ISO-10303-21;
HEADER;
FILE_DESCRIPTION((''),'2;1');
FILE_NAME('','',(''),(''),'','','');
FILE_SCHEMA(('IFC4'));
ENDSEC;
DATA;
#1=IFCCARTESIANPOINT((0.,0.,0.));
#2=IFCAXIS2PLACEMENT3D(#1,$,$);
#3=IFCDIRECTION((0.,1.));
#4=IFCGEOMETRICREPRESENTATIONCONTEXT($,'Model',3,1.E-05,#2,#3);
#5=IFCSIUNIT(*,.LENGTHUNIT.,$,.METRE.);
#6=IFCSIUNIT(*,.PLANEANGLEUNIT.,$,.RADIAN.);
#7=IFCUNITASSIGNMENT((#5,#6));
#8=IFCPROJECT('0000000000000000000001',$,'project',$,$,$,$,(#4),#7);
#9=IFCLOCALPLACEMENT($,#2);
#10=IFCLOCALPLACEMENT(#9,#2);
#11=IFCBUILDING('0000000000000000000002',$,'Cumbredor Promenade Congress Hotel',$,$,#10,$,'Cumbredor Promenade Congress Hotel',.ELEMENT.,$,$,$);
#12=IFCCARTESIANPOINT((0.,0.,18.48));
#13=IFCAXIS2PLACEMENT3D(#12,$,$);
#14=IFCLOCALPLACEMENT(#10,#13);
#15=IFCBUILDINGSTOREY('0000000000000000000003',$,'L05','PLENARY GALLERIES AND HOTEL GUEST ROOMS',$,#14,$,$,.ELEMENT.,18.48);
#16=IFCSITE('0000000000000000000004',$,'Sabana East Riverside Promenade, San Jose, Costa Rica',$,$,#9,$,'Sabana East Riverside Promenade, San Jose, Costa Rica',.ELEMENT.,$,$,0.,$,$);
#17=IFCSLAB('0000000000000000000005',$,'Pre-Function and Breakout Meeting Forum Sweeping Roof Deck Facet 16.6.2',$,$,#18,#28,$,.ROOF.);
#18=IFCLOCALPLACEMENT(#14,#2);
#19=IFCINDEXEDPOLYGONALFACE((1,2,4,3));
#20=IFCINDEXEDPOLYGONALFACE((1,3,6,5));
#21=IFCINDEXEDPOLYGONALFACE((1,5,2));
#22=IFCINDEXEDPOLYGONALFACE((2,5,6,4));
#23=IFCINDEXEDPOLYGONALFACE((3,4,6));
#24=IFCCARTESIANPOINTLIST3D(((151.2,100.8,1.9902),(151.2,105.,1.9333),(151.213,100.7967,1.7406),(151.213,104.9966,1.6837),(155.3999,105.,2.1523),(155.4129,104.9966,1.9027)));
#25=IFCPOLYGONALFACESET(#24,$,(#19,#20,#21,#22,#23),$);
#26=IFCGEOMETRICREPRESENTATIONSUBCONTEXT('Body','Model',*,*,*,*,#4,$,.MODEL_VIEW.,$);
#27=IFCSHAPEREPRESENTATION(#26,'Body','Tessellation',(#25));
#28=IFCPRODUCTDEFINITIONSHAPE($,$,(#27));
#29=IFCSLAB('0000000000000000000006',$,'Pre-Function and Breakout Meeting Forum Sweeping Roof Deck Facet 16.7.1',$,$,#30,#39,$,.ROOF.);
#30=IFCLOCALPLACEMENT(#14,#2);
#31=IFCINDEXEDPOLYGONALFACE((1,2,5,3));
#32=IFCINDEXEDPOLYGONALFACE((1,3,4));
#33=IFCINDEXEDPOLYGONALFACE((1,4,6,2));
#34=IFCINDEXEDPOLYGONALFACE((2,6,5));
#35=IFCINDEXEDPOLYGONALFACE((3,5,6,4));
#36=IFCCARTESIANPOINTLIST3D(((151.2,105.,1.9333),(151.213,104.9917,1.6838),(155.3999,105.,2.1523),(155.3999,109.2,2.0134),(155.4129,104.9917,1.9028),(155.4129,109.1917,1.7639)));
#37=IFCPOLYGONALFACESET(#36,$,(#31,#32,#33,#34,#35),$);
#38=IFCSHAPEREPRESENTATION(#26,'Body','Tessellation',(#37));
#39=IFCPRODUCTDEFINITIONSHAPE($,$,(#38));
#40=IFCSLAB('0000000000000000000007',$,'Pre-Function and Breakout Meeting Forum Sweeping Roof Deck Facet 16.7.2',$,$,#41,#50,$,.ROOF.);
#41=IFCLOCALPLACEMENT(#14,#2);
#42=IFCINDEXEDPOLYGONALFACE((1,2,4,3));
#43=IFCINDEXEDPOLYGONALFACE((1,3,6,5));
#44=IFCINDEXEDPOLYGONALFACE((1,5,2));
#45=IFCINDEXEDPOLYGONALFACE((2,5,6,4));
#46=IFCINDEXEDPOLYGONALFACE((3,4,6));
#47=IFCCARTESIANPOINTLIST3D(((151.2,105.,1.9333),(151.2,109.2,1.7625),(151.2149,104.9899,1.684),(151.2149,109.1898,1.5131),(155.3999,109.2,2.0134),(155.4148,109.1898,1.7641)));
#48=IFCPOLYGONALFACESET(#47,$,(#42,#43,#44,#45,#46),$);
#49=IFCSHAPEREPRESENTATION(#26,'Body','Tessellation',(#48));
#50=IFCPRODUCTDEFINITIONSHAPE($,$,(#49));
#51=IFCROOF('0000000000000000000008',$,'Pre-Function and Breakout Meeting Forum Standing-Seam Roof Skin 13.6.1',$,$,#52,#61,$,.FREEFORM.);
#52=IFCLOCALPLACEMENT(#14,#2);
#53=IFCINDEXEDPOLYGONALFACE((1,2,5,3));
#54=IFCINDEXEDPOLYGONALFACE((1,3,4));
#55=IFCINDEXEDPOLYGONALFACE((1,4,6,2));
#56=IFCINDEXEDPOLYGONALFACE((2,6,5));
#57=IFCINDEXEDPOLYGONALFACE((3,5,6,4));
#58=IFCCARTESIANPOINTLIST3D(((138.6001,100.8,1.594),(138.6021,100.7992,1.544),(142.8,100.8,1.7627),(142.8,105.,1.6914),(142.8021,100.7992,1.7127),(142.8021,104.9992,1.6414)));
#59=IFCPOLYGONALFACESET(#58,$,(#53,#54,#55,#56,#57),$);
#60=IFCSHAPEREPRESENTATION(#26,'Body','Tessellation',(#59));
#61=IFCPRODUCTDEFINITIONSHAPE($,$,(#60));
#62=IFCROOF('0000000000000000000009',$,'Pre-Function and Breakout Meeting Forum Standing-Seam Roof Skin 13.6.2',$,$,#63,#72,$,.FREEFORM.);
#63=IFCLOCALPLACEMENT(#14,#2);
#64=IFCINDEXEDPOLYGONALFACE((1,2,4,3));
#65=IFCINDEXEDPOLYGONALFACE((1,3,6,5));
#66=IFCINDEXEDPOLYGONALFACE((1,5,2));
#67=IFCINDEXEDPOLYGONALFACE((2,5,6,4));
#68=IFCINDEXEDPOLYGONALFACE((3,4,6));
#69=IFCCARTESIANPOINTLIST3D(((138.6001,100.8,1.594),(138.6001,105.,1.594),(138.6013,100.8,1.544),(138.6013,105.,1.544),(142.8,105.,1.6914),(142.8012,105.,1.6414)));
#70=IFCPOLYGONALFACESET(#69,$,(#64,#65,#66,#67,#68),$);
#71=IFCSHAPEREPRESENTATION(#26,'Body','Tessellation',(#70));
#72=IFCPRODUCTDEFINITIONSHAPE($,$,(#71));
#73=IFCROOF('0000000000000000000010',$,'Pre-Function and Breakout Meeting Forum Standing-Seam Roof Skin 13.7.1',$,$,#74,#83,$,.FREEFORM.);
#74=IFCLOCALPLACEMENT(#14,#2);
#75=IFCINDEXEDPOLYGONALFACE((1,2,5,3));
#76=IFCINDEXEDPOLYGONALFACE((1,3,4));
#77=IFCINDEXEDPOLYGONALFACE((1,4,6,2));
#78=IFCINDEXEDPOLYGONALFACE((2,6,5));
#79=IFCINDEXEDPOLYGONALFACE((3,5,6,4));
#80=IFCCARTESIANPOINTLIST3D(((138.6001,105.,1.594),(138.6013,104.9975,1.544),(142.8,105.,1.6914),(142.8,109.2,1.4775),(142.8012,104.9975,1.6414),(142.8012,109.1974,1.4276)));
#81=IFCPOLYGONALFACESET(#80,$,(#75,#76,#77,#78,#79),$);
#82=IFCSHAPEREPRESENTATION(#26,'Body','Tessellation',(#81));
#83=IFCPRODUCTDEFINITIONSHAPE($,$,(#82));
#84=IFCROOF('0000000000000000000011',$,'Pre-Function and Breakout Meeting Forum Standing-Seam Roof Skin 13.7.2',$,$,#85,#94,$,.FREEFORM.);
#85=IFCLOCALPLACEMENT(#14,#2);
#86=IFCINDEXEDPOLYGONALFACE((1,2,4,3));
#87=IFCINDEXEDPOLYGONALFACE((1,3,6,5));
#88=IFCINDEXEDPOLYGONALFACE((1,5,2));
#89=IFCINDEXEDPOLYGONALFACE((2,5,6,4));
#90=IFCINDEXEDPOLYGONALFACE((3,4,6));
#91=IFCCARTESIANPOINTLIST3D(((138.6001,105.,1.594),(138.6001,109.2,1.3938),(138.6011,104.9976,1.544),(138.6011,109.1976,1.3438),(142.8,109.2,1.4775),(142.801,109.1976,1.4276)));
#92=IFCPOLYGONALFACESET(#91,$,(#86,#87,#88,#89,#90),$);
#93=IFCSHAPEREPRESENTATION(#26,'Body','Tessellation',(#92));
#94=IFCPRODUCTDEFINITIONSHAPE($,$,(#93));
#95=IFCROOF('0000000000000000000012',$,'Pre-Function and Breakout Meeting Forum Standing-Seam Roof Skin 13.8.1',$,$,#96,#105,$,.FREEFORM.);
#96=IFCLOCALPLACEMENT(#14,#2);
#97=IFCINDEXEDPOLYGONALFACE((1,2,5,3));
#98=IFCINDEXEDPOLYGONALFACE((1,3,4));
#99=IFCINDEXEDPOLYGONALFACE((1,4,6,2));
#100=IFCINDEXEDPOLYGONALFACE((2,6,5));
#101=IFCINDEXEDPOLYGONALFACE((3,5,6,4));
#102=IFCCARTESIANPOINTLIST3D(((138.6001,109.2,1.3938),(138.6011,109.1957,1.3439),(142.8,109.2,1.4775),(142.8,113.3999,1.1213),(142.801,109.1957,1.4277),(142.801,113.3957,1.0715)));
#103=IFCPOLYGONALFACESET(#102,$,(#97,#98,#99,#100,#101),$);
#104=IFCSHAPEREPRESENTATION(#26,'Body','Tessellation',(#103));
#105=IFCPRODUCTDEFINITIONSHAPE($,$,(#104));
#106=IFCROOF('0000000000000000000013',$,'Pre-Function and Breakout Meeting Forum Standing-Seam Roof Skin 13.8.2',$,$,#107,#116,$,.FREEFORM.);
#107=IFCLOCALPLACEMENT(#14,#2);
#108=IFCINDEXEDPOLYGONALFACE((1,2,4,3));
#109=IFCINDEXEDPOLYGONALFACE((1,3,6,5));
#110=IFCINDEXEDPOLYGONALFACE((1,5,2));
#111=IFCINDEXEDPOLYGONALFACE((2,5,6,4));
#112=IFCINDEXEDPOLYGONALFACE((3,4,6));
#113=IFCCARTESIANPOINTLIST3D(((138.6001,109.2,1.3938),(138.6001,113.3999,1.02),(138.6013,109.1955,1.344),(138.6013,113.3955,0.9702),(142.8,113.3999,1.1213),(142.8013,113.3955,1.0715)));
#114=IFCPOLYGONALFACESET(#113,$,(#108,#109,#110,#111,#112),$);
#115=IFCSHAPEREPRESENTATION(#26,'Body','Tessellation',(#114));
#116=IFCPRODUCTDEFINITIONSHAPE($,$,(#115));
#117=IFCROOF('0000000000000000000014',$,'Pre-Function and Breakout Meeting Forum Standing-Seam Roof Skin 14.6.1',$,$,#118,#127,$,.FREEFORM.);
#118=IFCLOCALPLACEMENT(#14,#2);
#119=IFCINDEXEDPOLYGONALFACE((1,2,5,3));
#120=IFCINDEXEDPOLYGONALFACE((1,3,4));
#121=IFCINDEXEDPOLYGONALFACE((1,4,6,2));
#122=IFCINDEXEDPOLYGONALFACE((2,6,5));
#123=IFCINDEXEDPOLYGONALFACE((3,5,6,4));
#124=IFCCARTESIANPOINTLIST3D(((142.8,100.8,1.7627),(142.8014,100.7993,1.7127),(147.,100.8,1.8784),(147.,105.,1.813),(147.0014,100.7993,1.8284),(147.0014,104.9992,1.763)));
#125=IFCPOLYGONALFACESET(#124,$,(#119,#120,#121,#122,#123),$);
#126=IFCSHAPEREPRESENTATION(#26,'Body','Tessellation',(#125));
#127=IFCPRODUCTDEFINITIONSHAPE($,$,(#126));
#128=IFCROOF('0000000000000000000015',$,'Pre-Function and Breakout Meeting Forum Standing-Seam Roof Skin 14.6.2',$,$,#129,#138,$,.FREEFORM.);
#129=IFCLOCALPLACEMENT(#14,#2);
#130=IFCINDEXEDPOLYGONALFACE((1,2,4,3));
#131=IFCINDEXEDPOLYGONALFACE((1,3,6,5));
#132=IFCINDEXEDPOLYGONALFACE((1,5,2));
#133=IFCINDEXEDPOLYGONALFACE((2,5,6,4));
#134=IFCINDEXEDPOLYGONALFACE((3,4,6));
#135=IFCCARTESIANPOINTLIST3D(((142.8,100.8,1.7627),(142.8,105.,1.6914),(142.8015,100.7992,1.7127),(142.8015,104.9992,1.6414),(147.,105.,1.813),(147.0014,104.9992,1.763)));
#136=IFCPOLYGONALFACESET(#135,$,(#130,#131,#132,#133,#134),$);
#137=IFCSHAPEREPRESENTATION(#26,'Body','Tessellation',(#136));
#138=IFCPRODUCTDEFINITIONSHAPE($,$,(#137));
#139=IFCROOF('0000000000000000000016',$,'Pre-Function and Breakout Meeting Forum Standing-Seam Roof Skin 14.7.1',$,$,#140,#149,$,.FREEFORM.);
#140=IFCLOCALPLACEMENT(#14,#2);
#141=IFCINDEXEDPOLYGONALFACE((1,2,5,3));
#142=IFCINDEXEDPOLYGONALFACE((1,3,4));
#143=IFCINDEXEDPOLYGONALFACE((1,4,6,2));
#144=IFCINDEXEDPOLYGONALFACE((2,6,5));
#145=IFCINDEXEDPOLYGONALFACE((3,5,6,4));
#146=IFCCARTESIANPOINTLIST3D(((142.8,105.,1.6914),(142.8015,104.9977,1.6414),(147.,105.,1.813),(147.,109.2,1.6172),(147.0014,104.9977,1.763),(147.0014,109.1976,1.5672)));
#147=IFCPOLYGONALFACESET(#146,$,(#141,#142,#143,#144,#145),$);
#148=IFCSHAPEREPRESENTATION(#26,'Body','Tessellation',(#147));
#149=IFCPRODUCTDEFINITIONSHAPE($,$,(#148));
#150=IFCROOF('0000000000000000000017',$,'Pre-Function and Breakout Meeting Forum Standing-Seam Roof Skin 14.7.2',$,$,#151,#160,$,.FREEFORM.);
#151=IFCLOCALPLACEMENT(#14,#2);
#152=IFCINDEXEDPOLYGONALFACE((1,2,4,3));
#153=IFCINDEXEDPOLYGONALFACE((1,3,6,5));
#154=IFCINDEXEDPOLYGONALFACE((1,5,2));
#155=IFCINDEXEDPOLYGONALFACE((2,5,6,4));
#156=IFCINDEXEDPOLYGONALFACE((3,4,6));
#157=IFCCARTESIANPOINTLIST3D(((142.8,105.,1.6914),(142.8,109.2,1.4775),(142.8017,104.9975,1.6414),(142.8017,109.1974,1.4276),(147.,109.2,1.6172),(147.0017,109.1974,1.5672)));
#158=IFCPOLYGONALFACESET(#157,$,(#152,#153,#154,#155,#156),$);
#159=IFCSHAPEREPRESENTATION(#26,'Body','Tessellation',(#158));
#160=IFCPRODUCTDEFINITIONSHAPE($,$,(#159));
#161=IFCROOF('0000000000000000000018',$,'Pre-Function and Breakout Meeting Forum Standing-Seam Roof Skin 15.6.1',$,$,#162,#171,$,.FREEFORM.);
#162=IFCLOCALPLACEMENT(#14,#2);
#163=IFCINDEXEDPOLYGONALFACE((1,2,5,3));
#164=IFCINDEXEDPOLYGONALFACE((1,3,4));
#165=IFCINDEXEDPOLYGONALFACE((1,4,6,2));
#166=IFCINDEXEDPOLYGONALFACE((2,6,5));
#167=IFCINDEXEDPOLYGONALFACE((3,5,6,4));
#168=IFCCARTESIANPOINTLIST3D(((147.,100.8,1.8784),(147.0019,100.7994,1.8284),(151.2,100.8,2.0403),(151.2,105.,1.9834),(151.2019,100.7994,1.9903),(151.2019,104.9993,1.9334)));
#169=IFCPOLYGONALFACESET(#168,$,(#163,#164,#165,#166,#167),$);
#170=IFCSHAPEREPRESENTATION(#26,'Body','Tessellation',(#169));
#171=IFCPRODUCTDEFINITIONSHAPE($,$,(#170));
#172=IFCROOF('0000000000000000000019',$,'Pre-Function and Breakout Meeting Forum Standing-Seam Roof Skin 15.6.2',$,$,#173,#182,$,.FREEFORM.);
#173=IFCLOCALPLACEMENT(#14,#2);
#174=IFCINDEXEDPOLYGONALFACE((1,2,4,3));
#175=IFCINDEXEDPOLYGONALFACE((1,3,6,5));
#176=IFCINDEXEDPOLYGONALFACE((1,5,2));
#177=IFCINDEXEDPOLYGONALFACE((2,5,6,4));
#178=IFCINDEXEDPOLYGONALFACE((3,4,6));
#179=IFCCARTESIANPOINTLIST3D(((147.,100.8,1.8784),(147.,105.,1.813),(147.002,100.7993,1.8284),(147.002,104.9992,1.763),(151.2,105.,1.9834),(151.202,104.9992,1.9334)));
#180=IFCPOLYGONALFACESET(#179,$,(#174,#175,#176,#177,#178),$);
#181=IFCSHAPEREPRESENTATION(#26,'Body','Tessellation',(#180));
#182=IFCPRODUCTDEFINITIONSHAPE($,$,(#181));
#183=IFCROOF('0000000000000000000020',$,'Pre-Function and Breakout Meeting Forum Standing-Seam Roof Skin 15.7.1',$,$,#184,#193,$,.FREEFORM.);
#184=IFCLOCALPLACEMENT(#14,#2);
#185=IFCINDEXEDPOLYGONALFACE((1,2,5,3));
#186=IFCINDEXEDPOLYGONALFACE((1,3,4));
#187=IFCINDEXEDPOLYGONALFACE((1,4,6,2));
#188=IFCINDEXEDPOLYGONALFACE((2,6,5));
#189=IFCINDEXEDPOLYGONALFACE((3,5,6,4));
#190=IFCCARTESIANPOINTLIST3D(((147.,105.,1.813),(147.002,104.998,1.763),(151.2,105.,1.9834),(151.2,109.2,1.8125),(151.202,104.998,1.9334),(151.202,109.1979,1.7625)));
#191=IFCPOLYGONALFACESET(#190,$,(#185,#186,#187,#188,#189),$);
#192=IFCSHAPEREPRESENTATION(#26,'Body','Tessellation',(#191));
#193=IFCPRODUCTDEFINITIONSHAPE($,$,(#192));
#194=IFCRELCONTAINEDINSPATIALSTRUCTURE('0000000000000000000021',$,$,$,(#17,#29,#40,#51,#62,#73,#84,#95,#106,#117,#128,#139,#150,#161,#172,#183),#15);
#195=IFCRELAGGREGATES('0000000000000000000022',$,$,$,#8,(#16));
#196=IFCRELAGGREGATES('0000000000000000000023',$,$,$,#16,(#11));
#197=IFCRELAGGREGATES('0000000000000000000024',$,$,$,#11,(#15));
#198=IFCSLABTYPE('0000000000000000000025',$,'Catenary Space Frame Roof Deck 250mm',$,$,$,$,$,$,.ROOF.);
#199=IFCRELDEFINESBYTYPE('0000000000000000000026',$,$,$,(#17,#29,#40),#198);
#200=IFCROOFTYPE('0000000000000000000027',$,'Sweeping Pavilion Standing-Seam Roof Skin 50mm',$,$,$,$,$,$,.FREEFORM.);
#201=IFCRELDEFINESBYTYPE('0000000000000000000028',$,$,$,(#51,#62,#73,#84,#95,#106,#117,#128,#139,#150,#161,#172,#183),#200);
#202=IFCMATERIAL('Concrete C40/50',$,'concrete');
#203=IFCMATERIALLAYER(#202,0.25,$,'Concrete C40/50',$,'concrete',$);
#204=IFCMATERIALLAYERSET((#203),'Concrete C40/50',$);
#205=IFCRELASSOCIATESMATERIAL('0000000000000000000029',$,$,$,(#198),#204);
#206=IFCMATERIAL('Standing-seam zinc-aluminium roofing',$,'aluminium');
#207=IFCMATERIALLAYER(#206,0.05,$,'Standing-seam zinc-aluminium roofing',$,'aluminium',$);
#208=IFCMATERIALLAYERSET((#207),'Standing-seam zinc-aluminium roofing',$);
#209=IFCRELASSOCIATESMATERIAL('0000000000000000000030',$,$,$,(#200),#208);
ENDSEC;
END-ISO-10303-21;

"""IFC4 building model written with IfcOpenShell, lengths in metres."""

from ifc_helpers import new_model, si_unit, direction, frame, origin, place, context, subcontext, project, spatial, polyline, outline, extrude, material, layer, layer_set, type_object, element, save


model = new_model("IFC4")

# Units and contexts
model_context = context("Model", 3, precision=1e-05, world=origin(), true_north=direction((0.0, 1.0)))
body_context = subcontext(model_context, "Body", "Model", "MODEL_VIEW")
ifc_project = project(units=[si_unit("LENGTHUNIT", "METRE"), si_unit("PLANEANGLEUNIT", "RADIAN")], contexts=[model_context])

# Site, building, storey
site_placement = place(None, origin())
site = spatial("IfcSite", under=ifc_project, at=site_placement, Name="Sabana East Riverside Promenade, San Jose, Costa Rica", LongName="Sabana East Riverside Promenade, San Jose, Costa Rica", CompositionType="ELEMENT", RefElevation=0.0)
building_placement = place(site_placement, origin())
building = spatial("IfcBuilding", under=site, at=building_placement, Name="Cumbredor Promenade Congress Hotel", LongName="Cumbredor Promenade Congress Hotel", CompositionType="ELEMENT")
storey_placement = place(building_placement, frame((0.0, 0.0, 18.48)))
storey = spatial("IfcBuildingStorey", under=building, at=storey_placement, Name="L05", Description="PLENARY GALLERIES AND HOTEL GUEST ROOMS", CompositionType="ELEMENT", Elevation=18.48)

# Slabs
ifc_material_1 = material(Name="Concrete C40/50", Category="concrete")
ifc_layer_1 = layer(ifc_material_1, 0.25, Name="Concrete C40/50", Category="concrete")
ifc_layer_set_1 = layer_set([ifc_layer_1], Name="Concrete C40/50")
slab_type = type_object("IfcSlabType", Name="Catenary Space Frame Roof Deck 250mm", PredefinedType="ROOF", material=ifc_layer_set_1)
slab_1_placement = place(storey_placement, frame((151.2, 100.8, 1.9902), z_axis=(-0.052067, 0.013525, 0.998552), x_axis=(0.706844, 0.706844, 0.027283)))
element("IfcSlab", 1, at=slab_1_placement, inside=storey, type_object=slab_type, Name="Pre-Function and Breakout Meeting Forum Sweeping Roof Deck Facet 16.6.2", PredefinedType="ROOF", context=body_context, shape_type="SweptSolid", body=[
    extrude(outline(polyline([(0.0, 0.0), (5.9418, 0.0), (2.9672, 2.973), (0.0, 0.0)])), origin(), (0.0, 0.0, -1.0), 0.25),
])
slab_2_placement = place(storey_placement, frame((151.2, 105.0, 1.9333), z_axis=(-0.052043, 0.033013, 0.998099), x_axis=(0.998643, 0.0, 0.052071)))
element("IfcSlab", 2, at=slab_2_placement, inside=storey, type_object=slab_type, Name="Pre-Function and Breakout Meeting Forum Sweeping Roof Deck Facet 16.7.1", PredefinedType="ROOF", context=body_context, shape_type="SweptSolid", body=[
    extrude(outline(polyline([(0.0, 0.0), (4.2057, 0.0), (4.1984, 4.2022), (0.0, 0.0)])), origin(), (0.0, 0.0, -1.0), 0.25),
])
slab_3_placement = place(storey_placement, frame((151.2, 105.0, 1.9333), z_axis=(-0.059601, 0.040585, 0.997397), x_axis=(0.707043, 0.707043, 0.013481)))
element("IfcSlab", 3, at=slab_3_placement, inside=storey, type_object=slab_type, Name="Pre-Function and Breakout Meeting Forum Sweeping Roof Deck Facet 16.7.2", PredefinedType="ROOF", context=body_context, shape_type="SweptSolid", body=[
    extrude(outline(polyline([(0.0, 0.0), (5.9402, 0.0), (2.9672, 2.9773), (0.0, 0.0)])), origin(), (0.0, 0.0, -1.0), 0.25),
])

# Roofs
ifc_material_2 = material(Name="Standing-seam zinc-aluminium roofing", Category="aluminium")
ifc_layer_2 = layer(ifc_material_2, 0.05, Name="Standing-seam zinc-aluminium roofing", Category="aluminium")
ifc_layer_set_2 = layer_set([ifc_layer_2], Name="Standing-seam zinc-aluminium roofing")
roof_type = type_object("IfcRoofType", Name="Sweeping Pavilion Standing-Seam Roof Skin 50mm", PredefinedType="FREEFORM", material=ifc_layer_set_2)
roof_1_placement = place(storey_placement, frame((138.6001, 100.8, 1.594), z_axis=(-0.040129, 0.016958, 0.999051), x_axis=(0.999194, 0.0, 0.040135)))
element("IfcRoof", 4, at=roof_1_placement, inside=storey, type_object=roof_type, Name="Pre-Function and Breakout Meeting Forum Standing-Seam Roof Skin 13.6.1", PredefinedType="FREEFORM", context=body_context, shape_type="SweptSolid", body=[
    extrude(outline(polyline([(0.0, 0.0), (4.2033, 0.0), (4.2005, 4.2006), (0.0, 0.0)])), origin(), (0.0, 0.0, -1.0), 0.05),
])
roof_2_placement = place(storey_placement, frame((138.6001, 100.8, 1.594), z_axis=(-0.023187, 0.0, 0.999731), x_axis=(0.707012, 0.707012, 0.016398)))
element("IfcRoof", 5, at=roof_2_placement, inside=storey, type_object=roof_type, Name="Pre-Function and Breakout Meeting Forum Standing-Seam Roof Skin 13.6.2", PredefinedType="FREEFORM", context=body_context, shape_type="SweptSolid", body=[
    extrude(outline(polyline([(0.0, 0.0), (5.9404, 0.0), (2.9694, 2.9702), (0.0, 0.0)])), origin(), (0.0, 0.0, -1.0), 0.05),
])
roof_3_placement = place(storey_placement, frame((138.6001, 105.0, 1.594), z_axis=(-0.023157, 0.050842, 0.998438), x_axis=(0.999731, 0.0, 0.023187)))
element("IfcRoof", 6, at=roof_3_placement, inside=storey, type_object=roof_type, Name="Pre-Function and Breakout Meeting Forum Standing-Seam Roof Skin 13.7.1", PredefinedType="FREEFORM", context=body_context, shape_type="SweptSolid", body=[
    extrude(outline(polyline([(0.0, 0.0), (4.2011, 0.0), (4.1961, 4.2054), (0.0, 0.0)])), origin(), (0.0, 0.0, -1.0), 0.05),
])
roof_4_placement = place(storey_placement, frame((138.6001, 105.0, 1.594), z_axis=(-0.019912, 0.047603, 0.998668), x_axis=(0.706971, 0.706971, -0.019603)))
element("IfcRoof", 7, at=roof_4_placement, inside=storey, type_object=roof_type, Name="Pre-Function and Breakout Meeting Forum Standing-Seam Roof Skin 13.7.2", PredefinedType="FREEFORM", context=body_context, shape_type="SweptSolid", body=[
    extrude(outline(polyline([(0.0, 0.0), (5.9408, 0.0), (2.9732, 2.9732), (0.0, 0.0)])), origin(), (0.0, 0.0, -1.0), 0.05),
])
roof_5_placement = place(storey_placement, frame((138.6001, 109.2, 1.3938), z_axis=(-0.019863, 0.084491, 0.996226), x_axis=(0.999801, 0.0, 0.019934)))
element("IfcRoof", 8, at=roof_5_placement, inside=storey, type_object=roof_type, Name="Pre-Function and Breakout Meeting Forum Standing-Seam Roof Skin 13.8.1", PredefinedType="FREEFORM", context=body_context, shape_type="SweptSolid", body=[
    extrude(outline(polyline([(0.0, 0.0), (4.2008, 0.0), (4.1937, 4.215), (0.0, 0.0)])), origin(), (0.0, 0.0, -1.0), 0.05),
])
roof_6_placement = place(storey_placement, frame((138.6001, 109.2, 1.3938), z_axis=(-0.024022, 0.08862, 0.995776), x_axis=(0.706364, 0.706364, -0.045824)))
element("IfcRoof", 9, at=roof_6_placement, inside=storey, type_object=roof_type, Name="Pre-Function and Breakout Meeting Forum Standing-Seam Roof Skin 13.8.2", PredefinedType="FREEFORM", context=body_context, shape_type="SweptSolid", body=[
    extrude(outline(polyline([(0.0, 0.0), (5.9459, 0.0), (2.9838, 2.9793), (0.0, 0.0)])), origin(), (0.0, 0.0, -1.0), 0.05),
])
roof_7_placement = place(storey_placement, frame((142.8, 100.8, 1.7627), z_axis=(-0.02754, 0.015571, 0.999499), x_axis=(0.999621, 0.0, 0.027543)))
element("IfcRoof", 10, at=roof_7_placement, inside=storey, type_object=roof_type, Name="Pre-Function and Breakout Meeting Forum Standing-Seam Roof Skin 14.6.1", PredefinedType="FREEFORM", context=body_context, shape_type="SweptSolid", body=[
    extrude(outline(polyline([(0.0, 0.0), (4.2015, 0.0), (4.1997, 4.2005), (0.0, 0.0)])), origin(), (0.0, 0.0, -1.0), 0.05),
])
roof_8_placement = place(storey_placement, frame((142.8, 100.8, 1.7627), z_axis=(-0.028932, 0.016964, 0.999437), x_axis=(0.707081, 0.707081, 0.008467)))
element("IfcRoof", 11, at=roof_8_placement, inside=storey, type_object=roof_type, Name="Pre-Function and Breakout Meeting Forum Standing-Seam Roof Skin 14.6.2", PredefinedType="FREEFORM", context=body_context, shape_type="SweptSolid", body=[
    extrude(outline(polyline([(0.0, 0.0), (5.9398, 0.0), (2.9691, 2.9714), (0.0, 0.0)])), origin(), (0.0, 0.0, -1.0), 0.05),
])
roof_9_placement = place(storey_placement, frame((142.8, 105.0, 1.6914), z_axis=(-0.028905, 0.04655, 0.998498), x_axis=(0.999581, 0.0, 0.028936)))
element("IfcRoof", 12, at=roof_9_placement, inside=storey, type_object=roof_type, Name="Pre-Function and Breakout Meeting Forum Standing-Seam Roof Skin 14.7.1", PredefinedType="FREEFORM", context=body_context, shape_type="SweptSolid", body=[
    extrude(outline(polyline([(0.0, 0.0), (4.2017, 0.0), (4.196, 4.2045), (0.0, 0.0)])), origin(), (0.0, 0.0, -1.0), 0.05),
])
roof_10_placement = place(storey_placement, frame((142.8, 105.0, 1.6914), z_axis=(-0.033189, 0.050827, 0.998156), x_axis=(0.707052, 0.707052, -0.012495)))
element("IfcRoof", 13, at=roof_10_placement, inside=storey, type_object=roof_type, Name="Pre-Function and Breakout Meeting Forum Standing-Seam Roof Skin 14.7.2", PredefinedType="FREEFORM", context=body_context, shape_type="SweptSolid", body=[
    extrude(outline(polyline([(0.0, 0.0), (5.9401, 0.0), (2.9723, 2.9751), (0.0, 0.0)])), origin(), (0.0, 0.0, -1.0), 0.05),
])
roof_11_placement = place(storey_placement, frame((147.0, 100.8, 1.8784), z_axis=(-0.038508, 0.013533, 0.999167), x_axis=(0.999258, 0.0, 0.038511)))
element("IfcRoof", 14, at=roof_11_placement, inside=storey, type_object=roof_type, Name="Pre-Function and Breakout Meeting Forum Standing-Seam Roof Skin 15.6.1", PredefinedType="FREEFORM", context=body_context, shape_type="SweptSolid", body=[
    extrude(outline(polyline([(0.0, 0.0), (4.2031, 0.0), (4.2009, 4.2003), (0.0, 0.0)])), origin(), (0.0, 0.0, -1.0), 0.05),
])
roof_12_placement = place(storey_placement, frame((147.0, 100.8, 1.8784), z_axis=(-0.040536, 0.015564, 0.999057), x_axis=(0.706996, 0.706996, 0.017672)))
element("IfcRoof", 15, at=roof_12_placement, inside=storey, type_object=roof_type, Name="Pre-Function and Breakout Meeting Forum Standing-Seam Roof Skin 15.6.2", PredefinedType="FREEFORM", context=body_context, shape_type="SweptSolid", body=[
    extrude(outline(polyline([(0.0, 0.0), (5.9406, 0.0), (2.9682, 2.9722), (0.0, 0.0)])), origin(), (0.0, 0.0, -1.0), 0.05),
])
roof_13_placement = place(storey_placement, frame((147.0, 105.0, 1.813), z_axis=(-0.040507, 0.040624, 0.998353), x_axis=(0.999178, 0.0, 0.040541)))
element("IfcRoof", 16, at=roof_13_placement, inside=storey, type_object=roof_type, Name="Pre-Function and Breakout Meeting Forum Standing-Seam Roof Skin 15.7.1", PredefinedType="FREEFORM", context=body_context, shape_type="SweptSolid", body=[
    extrude(outline(polyline([(0.0, 0.0), (4.2034, 0.0), (4.1965, 4.2034), (0.0, 0.0)])), origin(), (0.0, 0.0, -1.0), 0.05),
])

save(model, "model.ifc")
